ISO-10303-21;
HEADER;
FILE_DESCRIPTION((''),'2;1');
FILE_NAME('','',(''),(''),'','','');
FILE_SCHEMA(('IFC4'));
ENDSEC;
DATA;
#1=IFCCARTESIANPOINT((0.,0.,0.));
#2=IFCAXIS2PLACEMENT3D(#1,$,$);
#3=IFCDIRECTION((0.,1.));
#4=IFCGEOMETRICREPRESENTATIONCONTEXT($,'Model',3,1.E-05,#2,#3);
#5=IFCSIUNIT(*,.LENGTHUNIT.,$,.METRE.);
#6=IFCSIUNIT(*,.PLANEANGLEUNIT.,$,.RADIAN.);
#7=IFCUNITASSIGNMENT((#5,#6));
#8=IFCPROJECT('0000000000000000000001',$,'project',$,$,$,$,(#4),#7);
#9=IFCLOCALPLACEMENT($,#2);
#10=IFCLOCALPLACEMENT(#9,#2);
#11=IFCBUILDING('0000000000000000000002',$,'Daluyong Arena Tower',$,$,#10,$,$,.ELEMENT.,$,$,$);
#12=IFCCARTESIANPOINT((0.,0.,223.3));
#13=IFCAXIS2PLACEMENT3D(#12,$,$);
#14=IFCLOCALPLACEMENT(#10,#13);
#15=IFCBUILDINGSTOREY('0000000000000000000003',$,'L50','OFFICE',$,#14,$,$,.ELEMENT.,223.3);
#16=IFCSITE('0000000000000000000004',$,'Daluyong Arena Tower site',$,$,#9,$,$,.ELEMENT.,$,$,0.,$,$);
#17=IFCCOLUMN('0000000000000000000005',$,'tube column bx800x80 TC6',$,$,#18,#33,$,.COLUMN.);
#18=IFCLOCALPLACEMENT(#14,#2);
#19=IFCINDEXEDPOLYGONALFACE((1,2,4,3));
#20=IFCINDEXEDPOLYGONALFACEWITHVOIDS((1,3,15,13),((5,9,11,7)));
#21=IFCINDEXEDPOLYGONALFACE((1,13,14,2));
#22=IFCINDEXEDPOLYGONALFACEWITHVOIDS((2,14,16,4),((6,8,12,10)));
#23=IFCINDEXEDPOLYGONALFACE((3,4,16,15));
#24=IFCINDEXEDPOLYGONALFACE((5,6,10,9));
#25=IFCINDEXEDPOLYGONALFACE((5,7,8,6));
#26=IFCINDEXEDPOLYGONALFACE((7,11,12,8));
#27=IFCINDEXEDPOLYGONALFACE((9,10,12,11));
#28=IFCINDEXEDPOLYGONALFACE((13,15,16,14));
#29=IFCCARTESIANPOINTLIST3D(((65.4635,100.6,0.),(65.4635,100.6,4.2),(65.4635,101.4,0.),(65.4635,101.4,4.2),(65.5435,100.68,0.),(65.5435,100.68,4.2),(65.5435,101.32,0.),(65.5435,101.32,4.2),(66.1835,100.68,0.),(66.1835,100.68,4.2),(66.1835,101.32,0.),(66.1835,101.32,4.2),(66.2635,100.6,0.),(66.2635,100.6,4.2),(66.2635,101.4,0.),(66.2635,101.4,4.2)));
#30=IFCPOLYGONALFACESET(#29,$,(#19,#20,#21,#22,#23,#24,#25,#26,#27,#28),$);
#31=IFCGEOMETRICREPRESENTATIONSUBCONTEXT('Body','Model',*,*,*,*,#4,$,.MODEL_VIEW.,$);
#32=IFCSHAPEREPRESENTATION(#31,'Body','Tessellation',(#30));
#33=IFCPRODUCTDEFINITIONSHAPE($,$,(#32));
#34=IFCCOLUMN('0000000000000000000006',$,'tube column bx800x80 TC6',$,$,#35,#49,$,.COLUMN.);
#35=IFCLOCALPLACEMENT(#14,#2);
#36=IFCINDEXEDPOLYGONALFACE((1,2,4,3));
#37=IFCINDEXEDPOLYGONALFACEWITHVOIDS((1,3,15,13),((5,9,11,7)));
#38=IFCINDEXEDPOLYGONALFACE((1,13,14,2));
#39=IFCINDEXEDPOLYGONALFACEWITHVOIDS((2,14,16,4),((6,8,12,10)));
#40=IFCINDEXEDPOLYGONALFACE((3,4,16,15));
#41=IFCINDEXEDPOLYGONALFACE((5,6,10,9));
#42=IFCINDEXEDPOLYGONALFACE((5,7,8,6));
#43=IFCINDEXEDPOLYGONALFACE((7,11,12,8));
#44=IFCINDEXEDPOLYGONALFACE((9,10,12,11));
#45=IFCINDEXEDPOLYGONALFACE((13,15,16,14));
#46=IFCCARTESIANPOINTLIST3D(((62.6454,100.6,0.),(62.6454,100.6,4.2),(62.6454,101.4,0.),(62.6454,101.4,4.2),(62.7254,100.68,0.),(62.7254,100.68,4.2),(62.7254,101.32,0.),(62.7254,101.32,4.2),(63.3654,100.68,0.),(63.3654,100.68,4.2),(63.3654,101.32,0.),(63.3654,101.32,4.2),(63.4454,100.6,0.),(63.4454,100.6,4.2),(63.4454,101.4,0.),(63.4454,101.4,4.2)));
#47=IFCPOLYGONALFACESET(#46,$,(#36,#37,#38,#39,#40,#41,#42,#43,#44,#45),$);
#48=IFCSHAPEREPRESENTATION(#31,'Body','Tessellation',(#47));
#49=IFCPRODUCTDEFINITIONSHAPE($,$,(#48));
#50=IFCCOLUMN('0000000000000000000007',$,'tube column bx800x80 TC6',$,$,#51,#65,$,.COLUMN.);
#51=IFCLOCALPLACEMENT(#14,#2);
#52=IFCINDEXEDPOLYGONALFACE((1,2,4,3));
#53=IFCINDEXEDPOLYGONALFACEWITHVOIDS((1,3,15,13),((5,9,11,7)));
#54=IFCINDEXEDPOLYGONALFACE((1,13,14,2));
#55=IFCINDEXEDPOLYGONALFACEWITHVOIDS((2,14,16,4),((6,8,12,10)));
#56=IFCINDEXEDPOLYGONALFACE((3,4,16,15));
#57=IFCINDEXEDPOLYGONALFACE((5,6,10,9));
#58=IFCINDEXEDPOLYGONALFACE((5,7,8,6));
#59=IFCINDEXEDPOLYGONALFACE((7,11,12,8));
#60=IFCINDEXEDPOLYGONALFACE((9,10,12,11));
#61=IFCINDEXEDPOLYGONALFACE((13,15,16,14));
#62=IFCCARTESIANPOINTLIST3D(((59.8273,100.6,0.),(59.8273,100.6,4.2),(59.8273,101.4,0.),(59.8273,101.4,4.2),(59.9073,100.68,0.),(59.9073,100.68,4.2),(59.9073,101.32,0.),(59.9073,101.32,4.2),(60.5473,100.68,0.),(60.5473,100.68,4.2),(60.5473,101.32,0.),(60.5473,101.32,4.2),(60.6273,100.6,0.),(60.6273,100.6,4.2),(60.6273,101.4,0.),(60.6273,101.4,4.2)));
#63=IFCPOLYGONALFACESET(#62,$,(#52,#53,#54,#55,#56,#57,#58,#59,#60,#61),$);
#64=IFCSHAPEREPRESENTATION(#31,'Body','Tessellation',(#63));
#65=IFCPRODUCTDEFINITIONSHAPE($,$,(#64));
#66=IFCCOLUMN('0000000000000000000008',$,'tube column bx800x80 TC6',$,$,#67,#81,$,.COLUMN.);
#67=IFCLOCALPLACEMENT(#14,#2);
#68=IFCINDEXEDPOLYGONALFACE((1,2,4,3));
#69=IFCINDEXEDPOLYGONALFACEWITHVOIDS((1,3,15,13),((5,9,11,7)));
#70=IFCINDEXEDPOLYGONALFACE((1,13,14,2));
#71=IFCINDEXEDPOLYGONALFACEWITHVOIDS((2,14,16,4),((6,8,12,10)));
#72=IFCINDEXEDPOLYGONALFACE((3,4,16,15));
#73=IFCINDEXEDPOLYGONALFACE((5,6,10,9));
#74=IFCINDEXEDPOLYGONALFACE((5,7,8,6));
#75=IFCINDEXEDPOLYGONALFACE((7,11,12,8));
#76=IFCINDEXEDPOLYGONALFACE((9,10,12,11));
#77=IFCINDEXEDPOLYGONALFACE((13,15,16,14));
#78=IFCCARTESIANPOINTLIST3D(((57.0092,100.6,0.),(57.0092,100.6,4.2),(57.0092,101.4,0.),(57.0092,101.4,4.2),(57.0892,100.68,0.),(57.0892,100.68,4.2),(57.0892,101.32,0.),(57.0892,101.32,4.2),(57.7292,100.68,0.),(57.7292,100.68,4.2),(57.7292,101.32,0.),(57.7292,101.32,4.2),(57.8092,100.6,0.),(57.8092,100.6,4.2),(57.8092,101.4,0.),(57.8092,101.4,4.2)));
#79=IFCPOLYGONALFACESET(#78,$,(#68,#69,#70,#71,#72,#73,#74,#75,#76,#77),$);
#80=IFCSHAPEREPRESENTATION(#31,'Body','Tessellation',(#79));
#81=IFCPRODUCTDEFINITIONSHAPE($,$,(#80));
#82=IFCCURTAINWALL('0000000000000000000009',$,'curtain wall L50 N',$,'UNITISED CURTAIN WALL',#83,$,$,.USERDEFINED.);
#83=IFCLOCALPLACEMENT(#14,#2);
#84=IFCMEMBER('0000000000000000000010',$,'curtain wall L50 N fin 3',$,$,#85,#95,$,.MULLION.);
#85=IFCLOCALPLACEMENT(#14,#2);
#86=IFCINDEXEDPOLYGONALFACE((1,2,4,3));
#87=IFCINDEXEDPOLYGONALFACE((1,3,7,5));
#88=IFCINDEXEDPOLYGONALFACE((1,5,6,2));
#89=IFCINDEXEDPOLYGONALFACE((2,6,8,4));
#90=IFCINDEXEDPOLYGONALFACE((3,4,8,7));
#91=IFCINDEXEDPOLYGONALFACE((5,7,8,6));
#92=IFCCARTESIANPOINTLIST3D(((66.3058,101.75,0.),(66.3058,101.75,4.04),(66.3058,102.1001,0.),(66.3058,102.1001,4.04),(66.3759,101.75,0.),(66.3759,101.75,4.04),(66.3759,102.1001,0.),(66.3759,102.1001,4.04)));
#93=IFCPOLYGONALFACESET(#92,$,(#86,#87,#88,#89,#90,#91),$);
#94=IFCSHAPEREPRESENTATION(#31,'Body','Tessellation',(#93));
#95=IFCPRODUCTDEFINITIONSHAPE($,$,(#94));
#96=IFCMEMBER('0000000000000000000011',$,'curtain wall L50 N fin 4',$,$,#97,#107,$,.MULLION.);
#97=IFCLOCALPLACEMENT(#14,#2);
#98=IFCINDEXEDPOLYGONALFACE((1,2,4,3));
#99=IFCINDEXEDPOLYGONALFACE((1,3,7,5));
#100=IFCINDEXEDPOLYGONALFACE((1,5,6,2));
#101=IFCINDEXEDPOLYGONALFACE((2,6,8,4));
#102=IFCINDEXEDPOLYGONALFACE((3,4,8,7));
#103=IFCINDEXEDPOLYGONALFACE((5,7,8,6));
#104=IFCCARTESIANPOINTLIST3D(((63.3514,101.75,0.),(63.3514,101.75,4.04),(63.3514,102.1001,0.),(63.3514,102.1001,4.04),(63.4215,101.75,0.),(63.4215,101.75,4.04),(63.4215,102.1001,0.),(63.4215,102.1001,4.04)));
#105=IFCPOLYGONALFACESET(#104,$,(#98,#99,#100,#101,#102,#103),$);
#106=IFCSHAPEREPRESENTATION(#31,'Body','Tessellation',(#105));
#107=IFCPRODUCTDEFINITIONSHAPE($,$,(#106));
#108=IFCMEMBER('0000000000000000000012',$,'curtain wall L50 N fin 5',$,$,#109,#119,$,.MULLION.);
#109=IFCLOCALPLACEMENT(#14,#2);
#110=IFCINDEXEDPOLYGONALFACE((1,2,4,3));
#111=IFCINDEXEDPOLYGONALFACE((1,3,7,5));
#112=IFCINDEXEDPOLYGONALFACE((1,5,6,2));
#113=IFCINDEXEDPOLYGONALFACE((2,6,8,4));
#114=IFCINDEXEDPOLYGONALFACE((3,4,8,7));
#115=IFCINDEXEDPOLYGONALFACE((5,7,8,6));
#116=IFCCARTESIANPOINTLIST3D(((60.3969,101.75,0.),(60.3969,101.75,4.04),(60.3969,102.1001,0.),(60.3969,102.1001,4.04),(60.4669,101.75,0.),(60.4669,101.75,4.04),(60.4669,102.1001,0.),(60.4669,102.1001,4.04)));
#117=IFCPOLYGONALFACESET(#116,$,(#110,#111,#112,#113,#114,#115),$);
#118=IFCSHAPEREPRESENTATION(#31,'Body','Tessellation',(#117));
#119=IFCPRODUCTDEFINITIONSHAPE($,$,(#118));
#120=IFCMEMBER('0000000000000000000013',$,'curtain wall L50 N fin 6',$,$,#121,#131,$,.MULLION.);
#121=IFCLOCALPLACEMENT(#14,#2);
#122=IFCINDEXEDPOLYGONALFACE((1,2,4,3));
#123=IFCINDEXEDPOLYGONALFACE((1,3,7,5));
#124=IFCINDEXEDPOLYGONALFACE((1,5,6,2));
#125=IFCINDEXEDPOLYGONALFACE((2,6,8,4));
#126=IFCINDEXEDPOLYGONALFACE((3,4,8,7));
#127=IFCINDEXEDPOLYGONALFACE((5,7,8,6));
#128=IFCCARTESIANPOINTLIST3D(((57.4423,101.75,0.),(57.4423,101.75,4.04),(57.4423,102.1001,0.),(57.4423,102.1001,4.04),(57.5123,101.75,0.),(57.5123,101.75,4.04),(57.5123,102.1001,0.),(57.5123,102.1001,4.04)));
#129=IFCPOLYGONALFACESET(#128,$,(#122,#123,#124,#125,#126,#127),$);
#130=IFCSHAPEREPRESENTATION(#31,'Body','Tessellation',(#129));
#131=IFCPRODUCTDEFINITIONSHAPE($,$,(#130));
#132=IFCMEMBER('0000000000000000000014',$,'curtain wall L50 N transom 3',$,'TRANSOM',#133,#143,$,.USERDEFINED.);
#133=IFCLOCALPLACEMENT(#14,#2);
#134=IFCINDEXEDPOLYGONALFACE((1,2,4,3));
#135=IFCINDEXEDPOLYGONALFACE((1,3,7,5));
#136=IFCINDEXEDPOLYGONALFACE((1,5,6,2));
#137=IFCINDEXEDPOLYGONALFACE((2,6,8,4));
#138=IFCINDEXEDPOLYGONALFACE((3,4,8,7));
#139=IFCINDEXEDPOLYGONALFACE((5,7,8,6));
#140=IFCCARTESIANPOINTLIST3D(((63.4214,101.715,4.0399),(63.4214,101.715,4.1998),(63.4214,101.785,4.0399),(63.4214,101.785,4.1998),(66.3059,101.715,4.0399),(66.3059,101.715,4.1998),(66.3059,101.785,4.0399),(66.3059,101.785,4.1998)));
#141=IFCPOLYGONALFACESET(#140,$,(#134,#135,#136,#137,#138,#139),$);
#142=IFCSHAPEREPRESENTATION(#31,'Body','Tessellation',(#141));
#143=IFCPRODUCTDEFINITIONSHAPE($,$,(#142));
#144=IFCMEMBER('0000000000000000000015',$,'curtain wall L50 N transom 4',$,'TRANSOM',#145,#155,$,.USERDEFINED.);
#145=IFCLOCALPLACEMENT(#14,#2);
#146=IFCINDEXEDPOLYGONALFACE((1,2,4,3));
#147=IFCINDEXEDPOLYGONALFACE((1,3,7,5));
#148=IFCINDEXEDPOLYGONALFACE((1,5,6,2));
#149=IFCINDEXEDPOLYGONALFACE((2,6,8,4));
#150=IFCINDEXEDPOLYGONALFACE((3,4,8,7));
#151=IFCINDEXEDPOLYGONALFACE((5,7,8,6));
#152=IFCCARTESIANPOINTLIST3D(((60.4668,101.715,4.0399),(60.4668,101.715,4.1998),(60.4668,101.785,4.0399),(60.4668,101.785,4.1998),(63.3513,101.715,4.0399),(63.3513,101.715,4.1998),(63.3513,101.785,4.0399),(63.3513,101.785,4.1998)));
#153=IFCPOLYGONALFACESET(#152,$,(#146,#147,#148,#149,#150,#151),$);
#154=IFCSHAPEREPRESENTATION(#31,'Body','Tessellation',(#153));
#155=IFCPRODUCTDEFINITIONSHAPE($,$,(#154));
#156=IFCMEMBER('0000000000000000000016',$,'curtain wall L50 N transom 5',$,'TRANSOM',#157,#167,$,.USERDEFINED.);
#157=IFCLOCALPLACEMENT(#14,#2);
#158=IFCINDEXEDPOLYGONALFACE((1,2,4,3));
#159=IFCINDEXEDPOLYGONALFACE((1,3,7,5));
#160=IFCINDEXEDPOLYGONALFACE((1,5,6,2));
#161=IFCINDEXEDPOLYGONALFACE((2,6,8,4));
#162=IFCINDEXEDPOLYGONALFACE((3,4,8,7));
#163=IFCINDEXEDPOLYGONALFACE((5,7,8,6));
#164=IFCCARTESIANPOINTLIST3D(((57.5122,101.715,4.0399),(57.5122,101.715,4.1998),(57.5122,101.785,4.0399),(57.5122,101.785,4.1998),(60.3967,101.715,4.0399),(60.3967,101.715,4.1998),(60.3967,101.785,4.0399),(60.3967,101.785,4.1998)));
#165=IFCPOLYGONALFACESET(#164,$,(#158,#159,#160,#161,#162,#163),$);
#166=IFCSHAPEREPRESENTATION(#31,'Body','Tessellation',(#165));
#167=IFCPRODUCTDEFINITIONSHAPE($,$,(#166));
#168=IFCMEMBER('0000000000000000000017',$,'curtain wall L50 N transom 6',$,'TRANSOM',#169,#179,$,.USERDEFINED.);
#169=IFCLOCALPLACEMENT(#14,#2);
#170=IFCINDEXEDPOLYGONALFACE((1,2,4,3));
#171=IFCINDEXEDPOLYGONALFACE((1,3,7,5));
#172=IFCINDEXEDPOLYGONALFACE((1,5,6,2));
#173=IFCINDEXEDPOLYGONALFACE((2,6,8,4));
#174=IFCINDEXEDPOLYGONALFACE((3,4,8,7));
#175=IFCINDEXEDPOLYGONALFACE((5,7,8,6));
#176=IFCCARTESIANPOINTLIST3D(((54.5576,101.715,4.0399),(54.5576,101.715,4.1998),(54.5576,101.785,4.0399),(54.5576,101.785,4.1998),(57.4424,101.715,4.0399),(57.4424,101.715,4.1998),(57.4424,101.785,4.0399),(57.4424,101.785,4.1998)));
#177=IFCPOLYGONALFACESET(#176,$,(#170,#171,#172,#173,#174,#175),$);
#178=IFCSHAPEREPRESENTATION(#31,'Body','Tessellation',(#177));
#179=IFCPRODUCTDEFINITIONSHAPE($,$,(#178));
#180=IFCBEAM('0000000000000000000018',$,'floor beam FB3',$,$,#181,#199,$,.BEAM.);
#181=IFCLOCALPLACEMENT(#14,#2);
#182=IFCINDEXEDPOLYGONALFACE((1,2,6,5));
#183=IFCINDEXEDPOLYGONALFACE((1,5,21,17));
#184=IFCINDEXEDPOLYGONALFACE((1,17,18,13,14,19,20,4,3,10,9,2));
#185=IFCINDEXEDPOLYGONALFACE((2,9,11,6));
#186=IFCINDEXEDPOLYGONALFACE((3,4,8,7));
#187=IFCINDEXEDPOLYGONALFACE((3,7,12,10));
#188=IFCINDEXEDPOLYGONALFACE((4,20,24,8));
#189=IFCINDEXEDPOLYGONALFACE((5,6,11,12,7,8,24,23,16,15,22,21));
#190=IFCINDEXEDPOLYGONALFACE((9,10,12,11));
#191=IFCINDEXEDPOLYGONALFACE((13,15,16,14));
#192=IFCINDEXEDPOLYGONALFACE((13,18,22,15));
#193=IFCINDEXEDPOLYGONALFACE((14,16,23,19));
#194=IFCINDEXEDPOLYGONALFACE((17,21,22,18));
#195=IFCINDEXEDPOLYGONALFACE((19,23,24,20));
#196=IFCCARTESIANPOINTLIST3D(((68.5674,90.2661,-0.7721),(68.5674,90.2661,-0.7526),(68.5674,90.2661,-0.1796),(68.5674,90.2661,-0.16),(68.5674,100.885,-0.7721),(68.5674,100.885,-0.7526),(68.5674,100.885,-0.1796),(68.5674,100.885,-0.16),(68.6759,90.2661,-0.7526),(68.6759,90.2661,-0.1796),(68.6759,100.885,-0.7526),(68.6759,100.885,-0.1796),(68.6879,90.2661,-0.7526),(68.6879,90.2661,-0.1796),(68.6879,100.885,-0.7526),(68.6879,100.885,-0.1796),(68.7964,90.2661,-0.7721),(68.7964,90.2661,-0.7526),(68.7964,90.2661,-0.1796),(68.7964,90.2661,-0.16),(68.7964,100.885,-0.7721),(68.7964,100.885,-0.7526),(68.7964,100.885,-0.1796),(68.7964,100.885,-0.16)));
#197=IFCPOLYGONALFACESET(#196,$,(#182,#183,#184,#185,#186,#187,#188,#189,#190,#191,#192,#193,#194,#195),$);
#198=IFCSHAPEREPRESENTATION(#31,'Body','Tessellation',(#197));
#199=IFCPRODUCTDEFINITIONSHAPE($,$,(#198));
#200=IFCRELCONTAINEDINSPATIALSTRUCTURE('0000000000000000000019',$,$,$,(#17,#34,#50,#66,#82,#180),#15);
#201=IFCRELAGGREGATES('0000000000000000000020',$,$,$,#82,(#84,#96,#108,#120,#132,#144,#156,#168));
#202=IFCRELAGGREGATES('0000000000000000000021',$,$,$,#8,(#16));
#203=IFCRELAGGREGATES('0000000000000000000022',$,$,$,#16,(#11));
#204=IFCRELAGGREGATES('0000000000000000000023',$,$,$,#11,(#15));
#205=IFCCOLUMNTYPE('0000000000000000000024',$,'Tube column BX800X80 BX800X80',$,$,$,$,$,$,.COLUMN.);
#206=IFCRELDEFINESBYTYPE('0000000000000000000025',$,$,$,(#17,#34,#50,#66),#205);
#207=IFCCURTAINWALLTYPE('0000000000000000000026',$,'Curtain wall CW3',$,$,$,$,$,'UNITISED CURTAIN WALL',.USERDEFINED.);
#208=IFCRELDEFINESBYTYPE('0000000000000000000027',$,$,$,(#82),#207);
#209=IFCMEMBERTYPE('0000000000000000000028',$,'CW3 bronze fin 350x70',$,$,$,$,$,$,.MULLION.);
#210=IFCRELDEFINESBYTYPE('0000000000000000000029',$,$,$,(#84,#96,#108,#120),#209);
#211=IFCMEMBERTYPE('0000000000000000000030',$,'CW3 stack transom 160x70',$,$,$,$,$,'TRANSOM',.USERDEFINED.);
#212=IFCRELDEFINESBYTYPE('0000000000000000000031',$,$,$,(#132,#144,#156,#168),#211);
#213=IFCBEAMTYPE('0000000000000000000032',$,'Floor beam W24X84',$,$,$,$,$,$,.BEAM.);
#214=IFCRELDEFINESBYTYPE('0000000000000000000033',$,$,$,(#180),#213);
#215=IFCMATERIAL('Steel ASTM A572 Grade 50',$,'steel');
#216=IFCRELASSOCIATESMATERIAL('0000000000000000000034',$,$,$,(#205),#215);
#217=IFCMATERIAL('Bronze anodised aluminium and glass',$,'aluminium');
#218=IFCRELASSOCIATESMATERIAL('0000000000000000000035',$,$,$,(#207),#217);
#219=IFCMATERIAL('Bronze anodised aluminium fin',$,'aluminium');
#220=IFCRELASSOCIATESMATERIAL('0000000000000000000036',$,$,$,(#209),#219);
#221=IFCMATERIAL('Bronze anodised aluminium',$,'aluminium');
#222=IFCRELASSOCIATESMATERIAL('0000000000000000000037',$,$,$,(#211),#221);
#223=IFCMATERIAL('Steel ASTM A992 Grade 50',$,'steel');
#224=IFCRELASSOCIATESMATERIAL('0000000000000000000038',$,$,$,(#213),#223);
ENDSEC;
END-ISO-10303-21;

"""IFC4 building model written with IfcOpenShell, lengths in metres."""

from ifc_helpers import new_model, si_unit, direction, frame, origin, origin_2d, place, context, subcontext, project, spatial, rectangle, hollow_rectangle, i_section, extrude, material, material_profile, profile_set, type_object, element, aggregate, save


model = new_model("IFC4")

# Units and contexts
model_context = context("Model", 3, precision=1e-05, world=origin(), true_north=direction((0.0, 1.0)))
body_context = subcontext(model_context, "Body", "Model", "MODEL_VIEW")
ifc_project = project(units=[si_unit("LENGTHUNIT", "METRE"), si_unit("PLANEANGLEUNIT", "RADIAN")], contexts=[model_context])

# Site, building, storey
site_placement = place(None, origin())
site = spatial("IfcSite", under=ifc_project, at=site_placement, Name="Daluyong Arena Tower site", CompositionType="ELEMENT", RefElevation=0.0)
building_placement = place(site_placement, origin())
building = spatial("IfcBuilding", under=site, at=building_placement, Name="Daluyong Arena Tower", CompositionType="ELEMENT")
storey_placement = place(building_placement, frame((0.0, 0.0, 223.3)))
storey = spatial("IfcBuildingStorey", under=building, at=storey_placement, Name="L50", Description="OFFICE", CompositionType="ELEMENT", Elevation=223.3)

# Columns
ifc_material_1 = material(Name="Steel ASTM A572 Grade 50", Category="steel")
ifc_material_profile_1 = material_profile(ifc_material_1, hollow_rectangle(XDim=0.8, YDim=0.8, WallThickness=0.08, at=origin_2d()))
ifc_profile_set_1 = profile_set([ifc_material_profile_1], Name="Steel ASTM A572 Grade 50")
column_type = type_object("IfcColumnType", Name="Tube column BX800X80 BX800X80", PredefinedType="COLUMN", material=ifc_profile_set_1)
for number, where, z_axis, x_axis, name in (
    (1, (65.8635, 101.0, 0.0), (0.0, 0.0, 1.0), (1.0, 0.0, 0.0), "tube column bx800x80 TC6"),
    (2, (63.0454, 101.0, 0.0), (0.0, 0.0, 1.0), (1.0, 0.0, 0.0), "tube column bx800x80 TC6"),
    (3, (60.2273, 101.0, 0.0), (0.0, 0.0, 1.0), (1.0, 0.0, 0.0), "tube column bx800x80 TC6"),
    (4, (57.4092, 101.0, 0.0), (0.0, 0.0, 1.0), (1.0, 0.0, 0.0), "tube column bx800x80 TC6"),
):
    element("IfcColumn", number, at=place(storey_placement, frame(where, z_axis=z_axis, x_axis=x_axis)), inside=storey, type_object=column_type, Name=name, PredefinedType="COLUMN", context=body_context, shape_type="SweptSolid", body=[
        extrude(hollow_rectangle(XDim=0.8, YDim=0.8, WallThickness=0.08, at=origin_2d()), origin(), (0.0, 0.0, 1.0), 4.2),
    ])

# Curtain wall, members
ifc_material_2 = material(Name="Bronze anodised aluminium and glass", Category="aluminium")
curtain_wall_type = type_object("IfcCurtainWallType", Name="Curtain wall CW3", ElementType="UNITISED CURTAIN WALL", PredefinedType="USERDEFINED", material=ifc_material_2)
curtain_wall_placement = place(storey_placement, origin())
curtain_wall = element("IfcCurtainWall", 5, at=curtain_wall_placement, inside=storey, type_object=curtain_wall_type, Name="curtain wall L50 N", ObjectType="UNITISED CURTAIN WALL", PredefinedType="USERDEFINED")
ifc_material_3 = material(Name="Bronze anodised aluminium fin", Category="aluminium")
ifc_material_profile_2 = material_profile(ifc_material_3, rectangle(XDim=0.3501, YDim=0.0701, at=origin_2d()))
ifc_profile_set_2 = profile_set([ifc_material_profile_2], Name="Bronze anodised aluminium fin")
member_type_1 = type_object("IfcMemberType", Name="CW3 bronze fin 350x70", PredefinedType="MULLION", material=ifc_profile_set_2)
member_1_placement = place(storey_placement, frame((66.3408, 101.925, 0.0), z_axis=(0.0, 0.0, 1.0), x_axis=(0.0, -1.0, 0.0)))
member_1 = element("IfcMember", 6, at=member_1_placement, type_object=member_type_1, Name="curtain wall L50 N fin 3", PredefinedType="MULLION", context=body_context, shape_type="SweptSolid", body=[
    extrude(rectangle(XDim=0.3501, YDim=0.0701, at=origin_2d()), origin(), (0.0, 0.0, 1.0), 4.04),
])
member_2_placement = place(storey_placement, frame((63.3865, 101.925, 0.0), z_axis=(0.0, 0.0, 1.0), x_axis=(0.0, -1.0, 0.0)))
member_2 = element("IfcMember", 7, at=member_2_placement, type_object=member_type_1, Name="curtain wall L50 N fin 4", PredefinedType="MULLION", context=body_context, shape_type="SweptSolid", body=[
    extrude(rectangle(XDim=0.3501, YDim=0.0701, at=origin_2d()), origin(), (0.0, 0.0, 1.0), 4.04),
])
member_3_placement = place(storey_placement, frame((60.4319, 101.925, 0.0), z_axis=(0.0, 0.0, 1.0), x_axis=(0.0, -1.0, 0.0)))
member_3 = element("IfcMember", 8, at=member_3_placement, type_object=member_type_1, Name="curtain wall L50 N fin 5", PredefinedType="MULLION", context=body_context, shape_type="SweptSolid", body=[
    extrude(rectangle(XDim=0.3501, YDim=0.0701, at=origin_2d()), origin(), (0.0, 0.0, 1.0), 4.04),
])
member_4_placement = place(storey_placement, frame((57.4773, 101.925, 0.0), z_axis=(0.0, 0.0, 1.0), x_axis=(0.0, -1.0, 0.0)))
member_4 = element("IfcMember", 9, at=member_4_placement, type_object=member_type_1, Name="curtain wall L50 N fin 6", PredefinedType="MULLION", context=body_context, shape_type="SweptSolid", body=[
    extrude(rectangle(XDim=0.3501, YDim=0.0701, at=origin_2d()), origin(), (0.0, 0.0, 1.0), 4.04),
])
ifc_material_4 = material(Name="Bronze anodised aluminium", Category="aluminium")
ifc_material_profile_3 = material_profile(ifc_material_4, rectangle(XDim=0.0701, YDim=0.1599, at=origin_2d()))
ifc_profile_set_3 = profile_set([ifc_material_profile_3], Name="Bronze anodised aluminium")
member_type_2 = type_object("IfcMemberType", Name="CW3 stack transom 160x70", ElementType="TRANSOM", PredefinedType="USERDEFINED", material=ifc_profile_set_3)
member_5_placement = place(storey_placement, frame((66.3059, 101.75, 4.1199), z_axis=(-1.0, 0.0, 0.0), x_axis=(0.0, -1.0, 0.0)))
member_5 = element("IfcMember", 10, at=member_5_placement, type_object=member_type_2, Name="curtain wall L50 N transom 3", ObjectType="TRANSOM", PredefinedType="USERDEFINED", context=body_context, shape_type="SweptSolid", body=[
    extrude(rectangle(XDim=0.0701, YDim=0.1599, at=origin_2d()), origin(), (0.0, 0.0, 1.0), 2.8845),
])
member_6_placement = place(storey_placement, frame((63.3513, 101.75, 4.1199), z_axis=(-1.0, 0.0, 0.0), x_axis=(0.0, -1.0, 0.0)))
member_6 = element("IfcMember", 11, at=member_6_placement, type_object=member_type_2, Name="curtain wall L50 N transom 4", ObjectType="TRANSOM", PredefinedType="USERDEFINED", context=body_context, shape_type="SweptSolid", body=[
    extrude(rectangle(XDim=0.0701, YDim=0.1599, at=origin_2d()), origin(), (0.0, 0.0, 1.0), 2.8845),
])
member_7_placement = place(storey_placement, frame((60.3967, 101.75, 4.1199), z_axis=(-1.0, 0.0, 0.0), x_axis=(0.0, -1.0, 0.0)))
member_7 = element("IfcMember", 12, at=member_7_placement, type_object=member_type_2, Name="curtain wall L50 N transom 5", ObjectType="TRANSOM", PredefinedType="USERDEFINED", context=body_context, shape_type="SweptSolid", body=[
    extrude(rectangle(XDim=0.0701, YDim=0.1599, at=origin_2d()), origin(), (0.0, 0.0, 1.0), 2.8845),
])
member_8_placement = place(storey_placement, frame((57.4424, 101.75, 4.1199), z_axis=(-1.0, 0.0, 0.0), x_axis=(0.0, -1.0, 0.0)))
member_8 = element("IfcMember", 13, at=member_8_placement, type_object=member_type_2, Name="curtain wall L50 N transom 6", ObjectType="TRANSOM", PredefinedType="USERDEFINED", context=body_context, shape_type="SweptSolid", body=[
    extrude(rectangle(XDim=0.0701, YDim=0.1599, at=origin_2d()), origin(), (0.0, 0.0, 1.0), 2.8848),
])

# Beam
ifc_material_5 = material(Name="Steel ASTM A992 Grade 50", Category="steel")
ifc_material_profile_4 = material_profile(ifc_material_5, i_section(OverallWidth=0.229, OverallDepth=0.6121, WebThickness=0.012, FlangeThickness=0.0195, at=origin_2d()))
ifc_profile_set_4 = profile_set([ifc_material_profile_4], Name="Steel ASTM A992 Grade 50")
beam_type_1 = type_object("IfcBeamType", Name="Floor beam W24X84", PredefinedType="BEAM", material=ifc_profile_set_4)
beam_1_placement = place(storey_placement, frame((68.6819, 100.885, -0.4661), z_axis=(0.0, -1.0, 0.0), x_axis=(1.0, 0.0, 0.0)))
element("IfcBeam", 14, at=beam_1_placement, inside=storey, type_object=beam_type_1, Name="floor beam FB3", PredefinedType="BEAM", context=body_context, shape_type="SweptSolid", body=[
    extrude(i_section(OverallWidth=0.229, OverallDepth=0.6121, WebThickness=0.012, FlangeThickness=0.0195, at=origin_2d()), origin(), (0.0, 0.0, 1.0), 10.6189),
])

aggregate(curtain_wall, [member_1, member_2, member_3, member_4, member_5, member_6, member_7, member_8])

save(model, "model.ifc")
